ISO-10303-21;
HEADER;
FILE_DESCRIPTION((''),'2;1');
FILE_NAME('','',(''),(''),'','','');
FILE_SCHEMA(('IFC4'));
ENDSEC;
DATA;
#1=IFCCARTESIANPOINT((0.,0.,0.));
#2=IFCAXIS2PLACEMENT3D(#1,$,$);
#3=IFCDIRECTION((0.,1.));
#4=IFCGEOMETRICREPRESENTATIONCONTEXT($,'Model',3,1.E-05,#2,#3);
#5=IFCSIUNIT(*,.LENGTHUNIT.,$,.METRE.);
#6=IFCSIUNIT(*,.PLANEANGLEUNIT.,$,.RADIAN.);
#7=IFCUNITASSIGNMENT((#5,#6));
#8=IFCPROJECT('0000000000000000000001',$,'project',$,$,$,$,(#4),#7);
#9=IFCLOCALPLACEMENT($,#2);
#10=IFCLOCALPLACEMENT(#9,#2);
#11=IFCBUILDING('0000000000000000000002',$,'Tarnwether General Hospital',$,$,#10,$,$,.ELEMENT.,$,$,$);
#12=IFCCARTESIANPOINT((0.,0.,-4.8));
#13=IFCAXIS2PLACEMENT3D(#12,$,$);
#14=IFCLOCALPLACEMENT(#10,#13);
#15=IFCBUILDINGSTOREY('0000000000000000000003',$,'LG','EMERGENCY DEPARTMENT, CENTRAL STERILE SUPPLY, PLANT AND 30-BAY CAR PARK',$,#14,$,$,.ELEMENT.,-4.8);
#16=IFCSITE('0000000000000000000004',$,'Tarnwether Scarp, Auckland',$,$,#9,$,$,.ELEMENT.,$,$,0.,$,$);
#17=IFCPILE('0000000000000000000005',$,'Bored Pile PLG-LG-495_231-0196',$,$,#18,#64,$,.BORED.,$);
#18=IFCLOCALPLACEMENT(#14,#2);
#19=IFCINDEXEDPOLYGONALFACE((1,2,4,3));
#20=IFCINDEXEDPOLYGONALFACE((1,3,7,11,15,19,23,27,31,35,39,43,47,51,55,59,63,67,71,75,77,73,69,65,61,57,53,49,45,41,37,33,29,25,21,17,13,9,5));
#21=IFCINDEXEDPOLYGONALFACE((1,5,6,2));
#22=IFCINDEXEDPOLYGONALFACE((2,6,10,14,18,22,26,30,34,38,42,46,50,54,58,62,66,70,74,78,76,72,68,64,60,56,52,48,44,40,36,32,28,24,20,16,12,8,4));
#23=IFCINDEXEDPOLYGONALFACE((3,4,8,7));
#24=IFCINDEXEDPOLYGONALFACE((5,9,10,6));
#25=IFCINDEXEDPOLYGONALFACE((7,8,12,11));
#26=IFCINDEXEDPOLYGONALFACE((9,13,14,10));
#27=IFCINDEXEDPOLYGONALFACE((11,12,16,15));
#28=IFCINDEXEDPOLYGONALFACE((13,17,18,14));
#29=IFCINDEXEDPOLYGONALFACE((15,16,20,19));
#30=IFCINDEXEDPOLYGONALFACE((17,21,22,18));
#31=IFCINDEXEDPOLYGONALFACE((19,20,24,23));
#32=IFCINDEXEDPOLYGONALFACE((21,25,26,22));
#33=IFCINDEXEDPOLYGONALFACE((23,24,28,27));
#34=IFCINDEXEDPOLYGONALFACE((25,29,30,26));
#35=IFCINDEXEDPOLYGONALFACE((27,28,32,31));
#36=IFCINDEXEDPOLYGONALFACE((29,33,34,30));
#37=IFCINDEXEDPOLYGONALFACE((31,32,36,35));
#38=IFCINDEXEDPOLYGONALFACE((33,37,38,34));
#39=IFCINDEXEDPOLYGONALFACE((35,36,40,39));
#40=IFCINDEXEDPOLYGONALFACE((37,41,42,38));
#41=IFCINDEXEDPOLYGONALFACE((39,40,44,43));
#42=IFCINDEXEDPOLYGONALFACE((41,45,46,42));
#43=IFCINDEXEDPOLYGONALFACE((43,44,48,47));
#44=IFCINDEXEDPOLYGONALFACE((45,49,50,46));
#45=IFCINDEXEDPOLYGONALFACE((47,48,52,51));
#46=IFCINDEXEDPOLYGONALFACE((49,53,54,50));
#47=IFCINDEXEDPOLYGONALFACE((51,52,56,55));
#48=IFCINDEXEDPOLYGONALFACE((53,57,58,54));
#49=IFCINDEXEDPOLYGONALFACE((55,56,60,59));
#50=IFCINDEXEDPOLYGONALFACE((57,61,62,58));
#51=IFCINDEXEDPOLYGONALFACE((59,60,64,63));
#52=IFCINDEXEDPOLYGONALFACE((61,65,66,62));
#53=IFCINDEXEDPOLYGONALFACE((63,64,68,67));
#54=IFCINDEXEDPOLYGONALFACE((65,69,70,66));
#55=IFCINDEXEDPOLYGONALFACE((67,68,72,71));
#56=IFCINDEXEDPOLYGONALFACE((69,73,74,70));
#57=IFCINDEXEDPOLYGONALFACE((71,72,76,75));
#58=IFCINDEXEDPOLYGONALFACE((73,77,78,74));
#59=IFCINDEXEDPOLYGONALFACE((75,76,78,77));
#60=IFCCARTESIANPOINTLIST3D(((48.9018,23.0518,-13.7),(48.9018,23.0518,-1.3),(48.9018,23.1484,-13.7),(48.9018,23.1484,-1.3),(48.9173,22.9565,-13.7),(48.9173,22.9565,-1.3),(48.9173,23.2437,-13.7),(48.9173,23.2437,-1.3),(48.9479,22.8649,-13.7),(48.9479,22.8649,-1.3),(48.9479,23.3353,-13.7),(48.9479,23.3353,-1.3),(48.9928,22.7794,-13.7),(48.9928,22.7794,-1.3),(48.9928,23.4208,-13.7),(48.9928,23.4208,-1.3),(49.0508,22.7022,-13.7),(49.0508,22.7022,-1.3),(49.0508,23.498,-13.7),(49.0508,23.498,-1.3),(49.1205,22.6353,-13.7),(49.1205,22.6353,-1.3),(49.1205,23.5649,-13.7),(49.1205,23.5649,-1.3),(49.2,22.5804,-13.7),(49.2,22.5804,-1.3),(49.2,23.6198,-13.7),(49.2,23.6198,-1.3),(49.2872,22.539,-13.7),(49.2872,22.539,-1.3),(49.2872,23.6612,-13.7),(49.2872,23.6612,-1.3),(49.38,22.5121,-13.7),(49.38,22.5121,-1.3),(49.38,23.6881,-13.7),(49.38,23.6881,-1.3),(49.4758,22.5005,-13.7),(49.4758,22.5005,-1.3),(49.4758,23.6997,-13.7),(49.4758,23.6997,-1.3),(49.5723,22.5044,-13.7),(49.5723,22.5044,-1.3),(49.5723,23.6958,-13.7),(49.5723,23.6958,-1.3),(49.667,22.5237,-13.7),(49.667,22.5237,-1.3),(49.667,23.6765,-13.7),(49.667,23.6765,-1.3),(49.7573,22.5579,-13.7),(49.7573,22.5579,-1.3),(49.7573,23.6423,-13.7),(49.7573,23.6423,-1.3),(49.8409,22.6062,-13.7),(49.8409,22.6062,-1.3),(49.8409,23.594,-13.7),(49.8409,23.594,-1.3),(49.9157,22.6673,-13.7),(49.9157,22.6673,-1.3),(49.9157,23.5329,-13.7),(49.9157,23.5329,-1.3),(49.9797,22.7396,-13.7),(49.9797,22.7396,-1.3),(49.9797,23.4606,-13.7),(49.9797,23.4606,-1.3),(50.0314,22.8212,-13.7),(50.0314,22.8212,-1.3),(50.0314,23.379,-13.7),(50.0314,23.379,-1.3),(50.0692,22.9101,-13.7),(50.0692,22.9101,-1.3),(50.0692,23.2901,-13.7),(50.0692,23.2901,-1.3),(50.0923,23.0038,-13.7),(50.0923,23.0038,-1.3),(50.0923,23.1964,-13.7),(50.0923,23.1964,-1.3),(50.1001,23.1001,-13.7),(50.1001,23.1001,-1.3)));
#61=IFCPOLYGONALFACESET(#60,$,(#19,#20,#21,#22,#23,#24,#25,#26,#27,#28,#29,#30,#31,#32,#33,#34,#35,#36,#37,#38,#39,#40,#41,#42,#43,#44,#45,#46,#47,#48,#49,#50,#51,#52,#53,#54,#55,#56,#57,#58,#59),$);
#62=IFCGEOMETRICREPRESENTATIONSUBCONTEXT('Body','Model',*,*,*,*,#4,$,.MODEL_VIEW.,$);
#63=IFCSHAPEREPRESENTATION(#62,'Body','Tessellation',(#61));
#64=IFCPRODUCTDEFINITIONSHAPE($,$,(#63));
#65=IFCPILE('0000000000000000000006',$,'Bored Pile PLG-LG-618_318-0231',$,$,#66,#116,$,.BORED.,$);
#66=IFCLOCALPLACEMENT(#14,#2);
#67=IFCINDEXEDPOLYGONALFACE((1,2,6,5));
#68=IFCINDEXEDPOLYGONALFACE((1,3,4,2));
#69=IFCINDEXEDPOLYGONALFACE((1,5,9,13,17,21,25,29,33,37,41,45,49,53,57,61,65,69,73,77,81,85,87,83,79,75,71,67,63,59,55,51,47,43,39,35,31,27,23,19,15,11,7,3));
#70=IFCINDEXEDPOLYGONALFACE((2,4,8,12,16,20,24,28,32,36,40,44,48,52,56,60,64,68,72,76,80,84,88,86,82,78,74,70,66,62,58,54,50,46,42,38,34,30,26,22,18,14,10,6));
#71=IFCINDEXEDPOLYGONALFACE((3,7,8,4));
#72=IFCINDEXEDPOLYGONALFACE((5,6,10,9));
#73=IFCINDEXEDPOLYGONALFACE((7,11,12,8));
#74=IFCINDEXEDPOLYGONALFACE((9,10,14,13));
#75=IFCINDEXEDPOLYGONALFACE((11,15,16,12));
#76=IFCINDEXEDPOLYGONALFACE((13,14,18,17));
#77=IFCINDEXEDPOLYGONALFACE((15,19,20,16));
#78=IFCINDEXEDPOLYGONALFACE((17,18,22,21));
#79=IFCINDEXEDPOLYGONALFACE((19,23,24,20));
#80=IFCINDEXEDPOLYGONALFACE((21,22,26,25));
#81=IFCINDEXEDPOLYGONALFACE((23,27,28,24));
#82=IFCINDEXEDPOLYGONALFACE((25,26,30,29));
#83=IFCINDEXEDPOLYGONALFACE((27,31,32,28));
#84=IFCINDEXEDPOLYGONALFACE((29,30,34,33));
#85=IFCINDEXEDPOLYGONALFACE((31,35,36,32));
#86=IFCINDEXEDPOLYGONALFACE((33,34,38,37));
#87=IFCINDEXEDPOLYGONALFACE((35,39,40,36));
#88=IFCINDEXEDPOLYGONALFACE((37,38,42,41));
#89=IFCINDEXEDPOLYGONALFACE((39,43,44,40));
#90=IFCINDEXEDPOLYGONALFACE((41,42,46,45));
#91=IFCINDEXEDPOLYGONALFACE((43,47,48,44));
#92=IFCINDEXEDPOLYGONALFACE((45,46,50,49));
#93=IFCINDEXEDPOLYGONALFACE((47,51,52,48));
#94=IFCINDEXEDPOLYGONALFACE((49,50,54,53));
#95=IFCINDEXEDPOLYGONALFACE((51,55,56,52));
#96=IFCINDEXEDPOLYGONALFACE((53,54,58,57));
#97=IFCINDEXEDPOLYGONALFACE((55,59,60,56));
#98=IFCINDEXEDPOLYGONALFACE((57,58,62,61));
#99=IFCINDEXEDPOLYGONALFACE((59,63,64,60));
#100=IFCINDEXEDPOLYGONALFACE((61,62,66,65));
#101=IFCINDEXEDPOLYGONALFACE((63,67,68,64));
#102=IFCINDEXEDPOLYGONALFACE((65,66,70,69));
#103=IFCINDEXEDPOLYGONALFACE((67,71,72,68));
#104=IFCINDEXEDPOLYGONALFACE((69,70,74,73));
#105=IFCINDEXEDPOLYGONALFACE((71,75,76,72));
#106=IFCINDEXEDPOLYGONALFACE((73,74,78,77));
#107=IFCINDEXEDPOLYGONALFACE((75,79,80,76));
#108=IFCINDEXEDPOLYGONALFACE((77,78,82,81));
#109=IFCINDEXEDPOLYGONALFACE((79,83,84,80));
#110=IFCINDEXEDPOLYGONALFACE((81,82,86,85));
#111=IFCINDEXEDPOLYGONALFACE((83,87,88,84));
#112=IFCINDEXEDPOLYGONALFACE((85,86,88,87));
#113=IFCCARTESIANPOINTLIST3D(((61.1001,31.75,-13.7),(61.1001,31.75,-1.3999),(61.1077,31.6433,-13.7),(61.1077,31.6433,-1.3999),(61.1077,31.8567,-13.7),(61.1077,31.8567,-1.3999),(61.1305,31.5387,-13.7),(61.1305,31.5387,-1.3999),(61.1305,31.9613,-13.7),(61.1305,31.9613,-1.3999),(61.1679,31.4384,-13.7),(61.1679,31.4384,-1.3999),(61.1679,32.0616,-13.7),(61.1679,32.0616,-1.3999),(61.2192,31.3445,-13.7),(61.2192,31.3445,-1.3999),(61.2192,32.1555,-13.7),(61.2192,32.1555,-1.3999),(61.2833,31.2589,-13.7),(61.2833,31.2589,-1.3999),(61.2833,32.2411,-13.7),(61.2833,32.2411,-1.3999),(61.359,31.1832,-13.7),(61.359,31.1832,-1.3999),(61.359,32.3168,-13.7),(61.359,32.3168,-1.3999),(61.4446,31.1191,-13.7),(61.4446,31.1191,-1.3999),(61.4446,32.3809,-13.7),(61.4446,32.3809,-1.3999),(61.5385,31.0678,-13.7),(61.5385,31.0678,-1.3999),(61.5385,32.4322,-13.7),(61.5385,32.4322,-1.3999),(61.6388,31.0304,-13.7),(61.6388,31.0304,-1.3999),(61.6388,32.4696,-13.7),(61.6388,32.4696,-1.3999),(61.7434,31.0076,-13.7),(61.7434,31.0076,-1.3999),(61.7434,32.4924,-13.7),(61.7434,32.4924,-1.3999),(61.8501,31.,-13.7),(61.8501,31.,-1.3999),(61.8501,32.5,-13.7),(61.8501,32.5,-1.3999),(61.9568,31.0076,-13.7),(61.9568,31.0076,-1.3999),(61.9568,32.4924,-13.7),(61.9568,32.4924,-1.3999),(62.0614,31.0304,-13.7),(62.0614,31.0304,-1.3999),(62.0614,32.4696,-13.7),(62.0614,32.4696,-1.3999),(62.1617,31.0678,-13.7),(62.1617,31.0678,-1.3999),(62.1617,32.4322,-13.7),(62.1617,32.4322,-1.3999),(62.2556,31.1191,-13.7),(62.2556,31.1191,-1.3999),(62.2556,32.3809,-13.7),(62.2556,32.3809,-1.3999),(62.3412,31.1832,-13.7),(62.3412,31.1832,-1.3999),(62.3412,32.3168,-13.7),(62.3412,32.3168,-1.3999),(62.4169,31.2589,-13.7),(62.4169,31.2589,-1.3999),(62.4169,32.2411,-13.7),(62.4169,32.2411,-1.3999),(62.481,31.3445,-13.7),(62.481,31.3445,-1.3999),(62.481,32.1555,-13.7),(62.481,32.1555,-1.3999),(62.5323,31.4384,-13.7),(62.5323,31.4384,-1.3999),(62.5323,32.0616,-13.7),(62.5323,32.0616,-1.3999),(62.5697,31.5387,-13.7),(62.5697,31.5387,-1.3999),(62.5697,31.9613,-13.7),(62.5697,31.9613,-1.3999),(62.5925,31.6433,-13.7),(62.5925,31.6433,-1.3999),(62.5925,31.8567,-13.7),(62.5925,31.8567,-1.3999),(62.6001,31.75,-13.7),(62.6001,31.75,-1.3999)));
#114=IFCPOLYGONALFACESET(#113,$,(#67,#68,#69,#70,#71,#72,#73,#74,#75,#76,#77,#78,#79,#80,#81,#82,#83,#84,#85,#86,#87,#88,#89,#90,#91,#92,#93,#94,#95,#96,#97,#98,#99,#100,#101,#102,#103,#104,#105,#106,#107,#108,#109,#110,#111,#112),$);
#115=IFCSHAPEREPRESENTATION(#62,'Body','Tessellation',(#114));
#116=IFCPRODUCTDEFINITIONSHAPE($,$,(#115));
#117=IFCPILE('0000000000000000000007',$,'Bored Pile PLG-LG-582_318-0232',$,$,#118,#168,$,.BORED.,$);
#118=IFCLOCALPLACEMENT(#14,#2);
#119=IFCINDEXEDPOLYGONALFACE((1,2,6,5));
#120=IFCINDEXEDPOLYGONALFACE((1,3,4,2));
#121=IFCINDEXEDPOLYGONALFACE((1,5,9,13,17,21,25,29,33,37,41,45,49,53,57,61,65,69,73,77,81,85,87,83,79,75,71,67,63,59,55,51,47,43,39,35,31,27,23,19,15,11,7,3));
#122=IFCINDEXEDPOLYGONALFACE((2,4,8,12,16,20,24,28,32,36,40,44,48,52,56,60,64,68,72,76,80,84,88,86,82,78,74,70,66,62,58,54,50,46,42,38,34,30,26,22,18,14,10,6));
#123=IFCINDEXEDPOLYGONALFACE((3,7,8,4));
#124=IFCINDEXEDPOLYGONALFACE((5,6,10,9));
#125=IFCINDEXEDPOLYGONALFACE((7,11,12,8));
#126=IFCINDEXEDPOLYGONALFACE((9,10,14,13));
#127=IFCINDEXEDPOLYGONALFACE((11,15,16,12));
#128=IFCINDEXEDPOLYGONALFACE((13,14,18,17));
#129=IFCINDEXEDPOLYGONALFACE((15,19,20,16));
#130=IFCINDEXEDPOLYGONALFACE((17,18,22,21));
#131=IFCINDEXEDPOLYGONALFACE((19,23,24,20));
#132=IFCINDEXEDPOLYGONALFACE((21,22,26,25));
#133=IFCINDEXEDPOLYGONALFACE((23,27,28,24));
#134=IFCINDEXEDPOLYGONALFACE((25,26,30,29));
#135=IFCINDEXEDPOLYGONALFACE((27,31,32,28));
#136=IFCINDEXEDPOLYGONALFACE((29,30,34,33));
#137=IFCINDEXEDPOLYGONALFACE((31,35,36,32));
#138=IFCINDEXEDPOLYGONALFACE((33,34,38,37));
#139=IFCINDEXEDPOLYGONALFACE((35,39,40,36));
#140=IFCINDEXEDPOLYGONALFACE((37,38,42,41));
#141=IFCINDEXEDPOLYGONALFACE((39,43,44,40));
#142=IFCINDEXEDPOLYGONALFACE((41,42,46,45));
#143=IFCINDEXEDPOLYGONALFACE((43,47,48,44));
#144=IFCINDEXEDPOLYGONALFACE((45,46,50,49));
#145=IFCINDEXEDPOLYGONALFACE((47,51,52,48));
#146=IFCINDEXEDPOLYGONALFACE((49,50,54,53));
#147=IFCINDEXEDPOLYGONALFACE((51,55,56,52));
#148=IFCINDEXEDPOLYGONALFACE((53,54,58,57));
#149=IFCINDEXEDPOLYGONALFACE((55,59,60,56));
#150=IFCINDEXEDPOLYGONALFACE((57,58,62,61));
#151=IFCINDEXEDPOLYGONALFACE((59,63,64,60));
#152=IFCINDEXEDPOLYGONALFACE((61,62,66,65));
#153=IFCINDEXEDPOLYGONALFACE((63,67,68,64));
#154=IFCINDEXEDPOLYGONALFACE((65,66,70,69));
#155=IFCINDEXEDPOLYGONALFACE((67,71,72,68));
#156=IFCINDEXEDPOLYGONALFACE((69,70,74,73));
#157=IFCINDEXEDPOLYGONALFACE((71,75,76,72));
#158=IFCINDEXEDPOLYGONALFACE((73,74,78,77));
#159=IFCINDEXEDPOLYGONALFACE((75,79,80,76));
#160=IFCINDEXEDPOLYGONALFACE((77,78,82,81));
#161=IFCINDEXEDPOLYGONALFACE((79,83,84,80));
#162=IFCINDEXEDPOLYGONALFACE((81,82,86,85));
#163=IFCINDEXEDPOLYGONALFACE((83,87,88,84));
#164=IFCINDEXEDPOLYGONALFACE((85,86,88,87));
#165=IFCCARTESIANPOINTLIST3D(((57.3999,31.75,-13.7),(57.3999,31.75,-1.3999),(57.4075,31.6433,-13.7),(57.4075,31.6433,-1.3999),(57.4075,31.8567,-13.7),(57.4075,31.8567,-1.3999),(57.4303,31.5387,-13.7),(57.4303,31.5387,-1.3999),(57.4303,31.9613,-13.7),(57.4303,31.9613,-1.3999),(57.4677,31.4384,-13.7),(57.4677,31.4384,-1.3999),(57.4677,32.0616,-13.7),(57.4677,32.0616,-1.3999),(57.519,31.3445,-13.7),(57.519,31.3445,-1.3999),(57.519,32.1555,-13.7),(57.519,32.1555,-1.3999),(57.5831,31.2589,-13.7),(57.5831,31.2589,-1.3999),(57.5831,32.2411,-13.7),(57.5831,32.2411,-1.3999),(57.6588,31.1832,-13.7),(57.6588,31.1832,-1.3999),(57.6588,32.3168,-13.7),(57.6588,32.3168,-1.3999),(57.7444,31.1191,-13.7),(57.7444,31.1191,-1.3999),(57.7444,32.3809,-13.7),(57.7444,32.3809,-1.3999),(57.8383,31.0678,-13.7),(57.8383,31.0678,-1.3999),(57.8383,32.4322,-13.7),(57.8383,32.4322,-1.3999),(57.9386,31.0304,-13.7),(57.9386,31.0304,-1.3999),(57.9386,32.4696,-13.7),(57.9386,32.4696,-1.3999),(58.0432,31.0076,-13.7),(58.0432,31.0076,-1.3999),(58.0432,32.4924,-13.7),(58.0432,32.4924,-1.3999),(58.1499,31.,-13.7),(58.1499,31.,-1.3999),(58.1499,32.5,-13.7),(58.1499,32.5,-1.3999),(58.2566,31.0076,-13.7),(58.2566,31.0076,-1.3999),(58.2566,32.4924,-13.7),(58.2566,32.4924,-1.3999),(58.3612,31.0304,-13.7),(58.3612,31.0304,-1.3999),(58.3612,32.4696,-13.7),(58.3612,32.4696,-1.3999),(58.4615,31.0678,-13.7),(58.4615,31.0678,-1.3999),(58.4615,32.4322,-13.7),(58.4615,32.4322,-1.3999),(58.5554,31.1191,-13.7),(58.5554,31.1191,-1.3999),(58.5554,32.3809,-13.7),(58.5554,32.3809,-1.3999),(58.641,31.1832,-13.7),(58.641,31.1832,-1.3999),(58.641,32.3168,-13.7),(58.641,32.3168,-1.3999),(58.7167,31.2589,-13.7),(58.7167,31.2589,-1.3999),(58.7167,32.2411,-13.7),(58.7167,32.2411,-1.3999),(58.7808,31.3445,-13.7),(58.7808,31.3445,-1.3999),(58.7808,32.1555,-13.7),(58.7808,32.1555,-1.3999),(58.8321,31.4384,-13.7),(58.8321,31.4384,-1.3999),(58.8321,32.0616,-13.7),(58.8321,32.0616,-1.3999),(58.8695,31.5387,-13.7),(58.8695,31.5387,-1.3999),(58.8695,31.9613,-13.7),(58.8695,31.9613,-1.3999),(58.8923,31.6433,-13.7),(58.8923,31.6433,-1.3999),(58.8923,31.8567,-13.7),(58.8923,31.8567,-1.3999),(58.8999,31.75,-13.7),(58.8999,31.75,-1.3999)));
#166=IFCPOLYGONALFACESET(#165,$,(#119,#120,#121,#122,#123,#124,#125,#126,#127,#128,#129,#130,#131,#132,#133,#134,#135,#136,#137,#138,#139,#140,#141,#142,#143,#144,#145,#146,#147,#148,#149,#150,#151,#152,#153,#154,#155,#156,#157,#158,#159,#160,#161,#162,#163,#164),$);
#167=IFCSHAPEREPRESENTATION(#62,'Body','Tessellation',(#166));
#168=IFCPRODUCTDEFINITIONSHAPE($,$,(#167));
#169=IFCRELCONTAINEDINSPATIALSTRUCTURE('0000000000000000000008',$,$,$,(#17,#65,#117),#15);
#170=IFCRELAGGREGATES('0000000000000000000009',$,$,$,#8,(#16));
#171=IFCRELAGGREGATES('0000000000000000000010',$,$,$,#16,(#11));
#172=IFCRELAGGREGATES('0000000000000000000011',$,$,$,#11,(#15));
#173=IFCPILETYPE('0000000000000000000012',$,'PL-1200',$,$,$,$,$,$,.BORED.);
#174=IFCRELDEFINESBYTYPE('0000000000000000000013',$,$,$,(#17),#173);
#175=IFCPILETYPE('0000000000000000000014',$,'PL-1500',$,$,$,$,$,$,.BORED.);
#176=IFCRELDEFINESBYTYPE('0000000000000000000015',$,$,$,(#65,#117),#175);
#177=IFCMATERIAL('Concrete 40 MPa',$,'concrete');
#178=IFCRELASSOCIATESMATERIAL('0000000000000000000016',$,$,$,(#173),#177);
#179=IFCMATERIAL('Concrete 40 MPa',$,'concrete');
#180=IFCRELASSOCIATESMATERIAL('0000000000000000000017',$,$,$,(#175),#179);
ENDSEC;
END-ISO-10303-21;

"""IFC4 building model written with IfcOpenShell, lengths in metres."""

from ifc_helpers import new_model, si_unit, direction, frame, origin, origin_2d, place, context, subcontext, project, spatial, circle, extrude, material, material_profile, profile_set, type_object, element, save


model = new_model("IFC4")

# Units and contexts
model_context = context("Model", 3, precision=1e-05, world=origin(), true_north=direction((0.0, 1.0)))
body_context = subcontext(model_context, "Body", "Model", "MODEL_VIEW")
ifc_project = project(units=[si_unit("LENGTHUNIT", "METRE"), si_unit("PLANEANGLEUNIT", "RADIAN")], contexts=[model_context])

# Site, building, storey
site_placement = place(None, origin())
site = spatial("IfcSite", under=ifc_project, at=site_placement, Name="Tarnwether Scarp, Auckland", CompositionType="ELEMENT", RefElevation=0.0)
building_placement = place(site_placement, origin())
building = spatial("IfcBuilding", under=site, at=building_placement, Name="Tarnwether General Hospital", CompositionType="ELEMENT")
storey_placement = place(building_placement, frame((0.0, 0.0, -4.8)))
storey = spatial("IfcBuildingStorey", under=building, at=storey_placement, Name="LG", Description="EMERGENCY DEPARTMENT, CENTRAL STERILE SUPPLY, PLANT AND 30-BAY CAR PARK", CompositionType="ELEMENT", Elevation=-4.8)

# Piles
ifc_material_1 = material(Name="Concrete 40 MPa", Category="concrete")
ifc_material_profile_1 = material_profile(ifc_material_1, circle(Radius=0.6001, at=origin_2d()), Name="PILE-D1200")
ifc_profile_set_1 = profile_set([ifc_material_profile_1], Name="Concrete 40 MPa")
pile_type_1 = type_object("IfcPileType", Name="PL-1200", PredefinedType="BORED", material=ifc_profile_set_1)
for number, where, z_axis, x_axis, name in (
    (1, (49.5, 23.1001, -1.3), (0.0, 0.0, -1.0), (1.0, 0.0, 0.0), "Bored Pile PLG-LG-495_231-0196"),
):
    element("IfcPile", number, at=place(storey_placement, frame(where, z_axis=z_axis, x_axis=x_axis)), inside=storey, type_object=pile_type_1, Name=name, PredefinedType="BORED", context=body_context, shape_type="SweptSolid", body=[
        extrude(circle(Radius=0.6001, at=origin_2d()), origin(), (0.0, 0.0, 1.0), 12.3999),
    ])
ifc_material_2 = material(Name="Concrete 40 MPa", Category="concrete")
ifc_material_profile_2 = material_profile(ifc_material_2, circle(Radius=0.75, at=origin_2d()), Name="PILE-D1500")
ifc_profile_set_2 = profile_set([ifc_material_profile_2], Name="Concrete 40 MPa")
pile_type_2 = type_object("IfcPileType", Name="PL-1500", PredefinedType="BORED", material=ifc_profile_set_2)
for number, where, z_axis, x_axis, name in (
    (2, (61.8501, 31.75, -1.3999), (0.0, 0.0, -1.0), (1.0, 0.0, 0.0), "Bored Pile PLG-LG-618_318-0231"),
    (3, (58.1499, 31.75, -1.3999), (0.0, 0.0, -1.0), (1.0, 0.0, 0.0), "Bored Pile PLG-LG-582_318-0232"),
):
    element("IfcPile", number, at=place(storey_placement, frame(where, z_axis=z_axis, x_axis=x_axis)), inside=storey, type_object=pile_type_2, Name=name, PredefinedType="BORED", context=body_context, shape_type="SweptSolid", body=[
        extrude(circle(Radius=0.75, at=origin_2d()), origin(), (0.0, 0.0, 1.0), 12.3),
    ])

save(model, "model.ifc")
